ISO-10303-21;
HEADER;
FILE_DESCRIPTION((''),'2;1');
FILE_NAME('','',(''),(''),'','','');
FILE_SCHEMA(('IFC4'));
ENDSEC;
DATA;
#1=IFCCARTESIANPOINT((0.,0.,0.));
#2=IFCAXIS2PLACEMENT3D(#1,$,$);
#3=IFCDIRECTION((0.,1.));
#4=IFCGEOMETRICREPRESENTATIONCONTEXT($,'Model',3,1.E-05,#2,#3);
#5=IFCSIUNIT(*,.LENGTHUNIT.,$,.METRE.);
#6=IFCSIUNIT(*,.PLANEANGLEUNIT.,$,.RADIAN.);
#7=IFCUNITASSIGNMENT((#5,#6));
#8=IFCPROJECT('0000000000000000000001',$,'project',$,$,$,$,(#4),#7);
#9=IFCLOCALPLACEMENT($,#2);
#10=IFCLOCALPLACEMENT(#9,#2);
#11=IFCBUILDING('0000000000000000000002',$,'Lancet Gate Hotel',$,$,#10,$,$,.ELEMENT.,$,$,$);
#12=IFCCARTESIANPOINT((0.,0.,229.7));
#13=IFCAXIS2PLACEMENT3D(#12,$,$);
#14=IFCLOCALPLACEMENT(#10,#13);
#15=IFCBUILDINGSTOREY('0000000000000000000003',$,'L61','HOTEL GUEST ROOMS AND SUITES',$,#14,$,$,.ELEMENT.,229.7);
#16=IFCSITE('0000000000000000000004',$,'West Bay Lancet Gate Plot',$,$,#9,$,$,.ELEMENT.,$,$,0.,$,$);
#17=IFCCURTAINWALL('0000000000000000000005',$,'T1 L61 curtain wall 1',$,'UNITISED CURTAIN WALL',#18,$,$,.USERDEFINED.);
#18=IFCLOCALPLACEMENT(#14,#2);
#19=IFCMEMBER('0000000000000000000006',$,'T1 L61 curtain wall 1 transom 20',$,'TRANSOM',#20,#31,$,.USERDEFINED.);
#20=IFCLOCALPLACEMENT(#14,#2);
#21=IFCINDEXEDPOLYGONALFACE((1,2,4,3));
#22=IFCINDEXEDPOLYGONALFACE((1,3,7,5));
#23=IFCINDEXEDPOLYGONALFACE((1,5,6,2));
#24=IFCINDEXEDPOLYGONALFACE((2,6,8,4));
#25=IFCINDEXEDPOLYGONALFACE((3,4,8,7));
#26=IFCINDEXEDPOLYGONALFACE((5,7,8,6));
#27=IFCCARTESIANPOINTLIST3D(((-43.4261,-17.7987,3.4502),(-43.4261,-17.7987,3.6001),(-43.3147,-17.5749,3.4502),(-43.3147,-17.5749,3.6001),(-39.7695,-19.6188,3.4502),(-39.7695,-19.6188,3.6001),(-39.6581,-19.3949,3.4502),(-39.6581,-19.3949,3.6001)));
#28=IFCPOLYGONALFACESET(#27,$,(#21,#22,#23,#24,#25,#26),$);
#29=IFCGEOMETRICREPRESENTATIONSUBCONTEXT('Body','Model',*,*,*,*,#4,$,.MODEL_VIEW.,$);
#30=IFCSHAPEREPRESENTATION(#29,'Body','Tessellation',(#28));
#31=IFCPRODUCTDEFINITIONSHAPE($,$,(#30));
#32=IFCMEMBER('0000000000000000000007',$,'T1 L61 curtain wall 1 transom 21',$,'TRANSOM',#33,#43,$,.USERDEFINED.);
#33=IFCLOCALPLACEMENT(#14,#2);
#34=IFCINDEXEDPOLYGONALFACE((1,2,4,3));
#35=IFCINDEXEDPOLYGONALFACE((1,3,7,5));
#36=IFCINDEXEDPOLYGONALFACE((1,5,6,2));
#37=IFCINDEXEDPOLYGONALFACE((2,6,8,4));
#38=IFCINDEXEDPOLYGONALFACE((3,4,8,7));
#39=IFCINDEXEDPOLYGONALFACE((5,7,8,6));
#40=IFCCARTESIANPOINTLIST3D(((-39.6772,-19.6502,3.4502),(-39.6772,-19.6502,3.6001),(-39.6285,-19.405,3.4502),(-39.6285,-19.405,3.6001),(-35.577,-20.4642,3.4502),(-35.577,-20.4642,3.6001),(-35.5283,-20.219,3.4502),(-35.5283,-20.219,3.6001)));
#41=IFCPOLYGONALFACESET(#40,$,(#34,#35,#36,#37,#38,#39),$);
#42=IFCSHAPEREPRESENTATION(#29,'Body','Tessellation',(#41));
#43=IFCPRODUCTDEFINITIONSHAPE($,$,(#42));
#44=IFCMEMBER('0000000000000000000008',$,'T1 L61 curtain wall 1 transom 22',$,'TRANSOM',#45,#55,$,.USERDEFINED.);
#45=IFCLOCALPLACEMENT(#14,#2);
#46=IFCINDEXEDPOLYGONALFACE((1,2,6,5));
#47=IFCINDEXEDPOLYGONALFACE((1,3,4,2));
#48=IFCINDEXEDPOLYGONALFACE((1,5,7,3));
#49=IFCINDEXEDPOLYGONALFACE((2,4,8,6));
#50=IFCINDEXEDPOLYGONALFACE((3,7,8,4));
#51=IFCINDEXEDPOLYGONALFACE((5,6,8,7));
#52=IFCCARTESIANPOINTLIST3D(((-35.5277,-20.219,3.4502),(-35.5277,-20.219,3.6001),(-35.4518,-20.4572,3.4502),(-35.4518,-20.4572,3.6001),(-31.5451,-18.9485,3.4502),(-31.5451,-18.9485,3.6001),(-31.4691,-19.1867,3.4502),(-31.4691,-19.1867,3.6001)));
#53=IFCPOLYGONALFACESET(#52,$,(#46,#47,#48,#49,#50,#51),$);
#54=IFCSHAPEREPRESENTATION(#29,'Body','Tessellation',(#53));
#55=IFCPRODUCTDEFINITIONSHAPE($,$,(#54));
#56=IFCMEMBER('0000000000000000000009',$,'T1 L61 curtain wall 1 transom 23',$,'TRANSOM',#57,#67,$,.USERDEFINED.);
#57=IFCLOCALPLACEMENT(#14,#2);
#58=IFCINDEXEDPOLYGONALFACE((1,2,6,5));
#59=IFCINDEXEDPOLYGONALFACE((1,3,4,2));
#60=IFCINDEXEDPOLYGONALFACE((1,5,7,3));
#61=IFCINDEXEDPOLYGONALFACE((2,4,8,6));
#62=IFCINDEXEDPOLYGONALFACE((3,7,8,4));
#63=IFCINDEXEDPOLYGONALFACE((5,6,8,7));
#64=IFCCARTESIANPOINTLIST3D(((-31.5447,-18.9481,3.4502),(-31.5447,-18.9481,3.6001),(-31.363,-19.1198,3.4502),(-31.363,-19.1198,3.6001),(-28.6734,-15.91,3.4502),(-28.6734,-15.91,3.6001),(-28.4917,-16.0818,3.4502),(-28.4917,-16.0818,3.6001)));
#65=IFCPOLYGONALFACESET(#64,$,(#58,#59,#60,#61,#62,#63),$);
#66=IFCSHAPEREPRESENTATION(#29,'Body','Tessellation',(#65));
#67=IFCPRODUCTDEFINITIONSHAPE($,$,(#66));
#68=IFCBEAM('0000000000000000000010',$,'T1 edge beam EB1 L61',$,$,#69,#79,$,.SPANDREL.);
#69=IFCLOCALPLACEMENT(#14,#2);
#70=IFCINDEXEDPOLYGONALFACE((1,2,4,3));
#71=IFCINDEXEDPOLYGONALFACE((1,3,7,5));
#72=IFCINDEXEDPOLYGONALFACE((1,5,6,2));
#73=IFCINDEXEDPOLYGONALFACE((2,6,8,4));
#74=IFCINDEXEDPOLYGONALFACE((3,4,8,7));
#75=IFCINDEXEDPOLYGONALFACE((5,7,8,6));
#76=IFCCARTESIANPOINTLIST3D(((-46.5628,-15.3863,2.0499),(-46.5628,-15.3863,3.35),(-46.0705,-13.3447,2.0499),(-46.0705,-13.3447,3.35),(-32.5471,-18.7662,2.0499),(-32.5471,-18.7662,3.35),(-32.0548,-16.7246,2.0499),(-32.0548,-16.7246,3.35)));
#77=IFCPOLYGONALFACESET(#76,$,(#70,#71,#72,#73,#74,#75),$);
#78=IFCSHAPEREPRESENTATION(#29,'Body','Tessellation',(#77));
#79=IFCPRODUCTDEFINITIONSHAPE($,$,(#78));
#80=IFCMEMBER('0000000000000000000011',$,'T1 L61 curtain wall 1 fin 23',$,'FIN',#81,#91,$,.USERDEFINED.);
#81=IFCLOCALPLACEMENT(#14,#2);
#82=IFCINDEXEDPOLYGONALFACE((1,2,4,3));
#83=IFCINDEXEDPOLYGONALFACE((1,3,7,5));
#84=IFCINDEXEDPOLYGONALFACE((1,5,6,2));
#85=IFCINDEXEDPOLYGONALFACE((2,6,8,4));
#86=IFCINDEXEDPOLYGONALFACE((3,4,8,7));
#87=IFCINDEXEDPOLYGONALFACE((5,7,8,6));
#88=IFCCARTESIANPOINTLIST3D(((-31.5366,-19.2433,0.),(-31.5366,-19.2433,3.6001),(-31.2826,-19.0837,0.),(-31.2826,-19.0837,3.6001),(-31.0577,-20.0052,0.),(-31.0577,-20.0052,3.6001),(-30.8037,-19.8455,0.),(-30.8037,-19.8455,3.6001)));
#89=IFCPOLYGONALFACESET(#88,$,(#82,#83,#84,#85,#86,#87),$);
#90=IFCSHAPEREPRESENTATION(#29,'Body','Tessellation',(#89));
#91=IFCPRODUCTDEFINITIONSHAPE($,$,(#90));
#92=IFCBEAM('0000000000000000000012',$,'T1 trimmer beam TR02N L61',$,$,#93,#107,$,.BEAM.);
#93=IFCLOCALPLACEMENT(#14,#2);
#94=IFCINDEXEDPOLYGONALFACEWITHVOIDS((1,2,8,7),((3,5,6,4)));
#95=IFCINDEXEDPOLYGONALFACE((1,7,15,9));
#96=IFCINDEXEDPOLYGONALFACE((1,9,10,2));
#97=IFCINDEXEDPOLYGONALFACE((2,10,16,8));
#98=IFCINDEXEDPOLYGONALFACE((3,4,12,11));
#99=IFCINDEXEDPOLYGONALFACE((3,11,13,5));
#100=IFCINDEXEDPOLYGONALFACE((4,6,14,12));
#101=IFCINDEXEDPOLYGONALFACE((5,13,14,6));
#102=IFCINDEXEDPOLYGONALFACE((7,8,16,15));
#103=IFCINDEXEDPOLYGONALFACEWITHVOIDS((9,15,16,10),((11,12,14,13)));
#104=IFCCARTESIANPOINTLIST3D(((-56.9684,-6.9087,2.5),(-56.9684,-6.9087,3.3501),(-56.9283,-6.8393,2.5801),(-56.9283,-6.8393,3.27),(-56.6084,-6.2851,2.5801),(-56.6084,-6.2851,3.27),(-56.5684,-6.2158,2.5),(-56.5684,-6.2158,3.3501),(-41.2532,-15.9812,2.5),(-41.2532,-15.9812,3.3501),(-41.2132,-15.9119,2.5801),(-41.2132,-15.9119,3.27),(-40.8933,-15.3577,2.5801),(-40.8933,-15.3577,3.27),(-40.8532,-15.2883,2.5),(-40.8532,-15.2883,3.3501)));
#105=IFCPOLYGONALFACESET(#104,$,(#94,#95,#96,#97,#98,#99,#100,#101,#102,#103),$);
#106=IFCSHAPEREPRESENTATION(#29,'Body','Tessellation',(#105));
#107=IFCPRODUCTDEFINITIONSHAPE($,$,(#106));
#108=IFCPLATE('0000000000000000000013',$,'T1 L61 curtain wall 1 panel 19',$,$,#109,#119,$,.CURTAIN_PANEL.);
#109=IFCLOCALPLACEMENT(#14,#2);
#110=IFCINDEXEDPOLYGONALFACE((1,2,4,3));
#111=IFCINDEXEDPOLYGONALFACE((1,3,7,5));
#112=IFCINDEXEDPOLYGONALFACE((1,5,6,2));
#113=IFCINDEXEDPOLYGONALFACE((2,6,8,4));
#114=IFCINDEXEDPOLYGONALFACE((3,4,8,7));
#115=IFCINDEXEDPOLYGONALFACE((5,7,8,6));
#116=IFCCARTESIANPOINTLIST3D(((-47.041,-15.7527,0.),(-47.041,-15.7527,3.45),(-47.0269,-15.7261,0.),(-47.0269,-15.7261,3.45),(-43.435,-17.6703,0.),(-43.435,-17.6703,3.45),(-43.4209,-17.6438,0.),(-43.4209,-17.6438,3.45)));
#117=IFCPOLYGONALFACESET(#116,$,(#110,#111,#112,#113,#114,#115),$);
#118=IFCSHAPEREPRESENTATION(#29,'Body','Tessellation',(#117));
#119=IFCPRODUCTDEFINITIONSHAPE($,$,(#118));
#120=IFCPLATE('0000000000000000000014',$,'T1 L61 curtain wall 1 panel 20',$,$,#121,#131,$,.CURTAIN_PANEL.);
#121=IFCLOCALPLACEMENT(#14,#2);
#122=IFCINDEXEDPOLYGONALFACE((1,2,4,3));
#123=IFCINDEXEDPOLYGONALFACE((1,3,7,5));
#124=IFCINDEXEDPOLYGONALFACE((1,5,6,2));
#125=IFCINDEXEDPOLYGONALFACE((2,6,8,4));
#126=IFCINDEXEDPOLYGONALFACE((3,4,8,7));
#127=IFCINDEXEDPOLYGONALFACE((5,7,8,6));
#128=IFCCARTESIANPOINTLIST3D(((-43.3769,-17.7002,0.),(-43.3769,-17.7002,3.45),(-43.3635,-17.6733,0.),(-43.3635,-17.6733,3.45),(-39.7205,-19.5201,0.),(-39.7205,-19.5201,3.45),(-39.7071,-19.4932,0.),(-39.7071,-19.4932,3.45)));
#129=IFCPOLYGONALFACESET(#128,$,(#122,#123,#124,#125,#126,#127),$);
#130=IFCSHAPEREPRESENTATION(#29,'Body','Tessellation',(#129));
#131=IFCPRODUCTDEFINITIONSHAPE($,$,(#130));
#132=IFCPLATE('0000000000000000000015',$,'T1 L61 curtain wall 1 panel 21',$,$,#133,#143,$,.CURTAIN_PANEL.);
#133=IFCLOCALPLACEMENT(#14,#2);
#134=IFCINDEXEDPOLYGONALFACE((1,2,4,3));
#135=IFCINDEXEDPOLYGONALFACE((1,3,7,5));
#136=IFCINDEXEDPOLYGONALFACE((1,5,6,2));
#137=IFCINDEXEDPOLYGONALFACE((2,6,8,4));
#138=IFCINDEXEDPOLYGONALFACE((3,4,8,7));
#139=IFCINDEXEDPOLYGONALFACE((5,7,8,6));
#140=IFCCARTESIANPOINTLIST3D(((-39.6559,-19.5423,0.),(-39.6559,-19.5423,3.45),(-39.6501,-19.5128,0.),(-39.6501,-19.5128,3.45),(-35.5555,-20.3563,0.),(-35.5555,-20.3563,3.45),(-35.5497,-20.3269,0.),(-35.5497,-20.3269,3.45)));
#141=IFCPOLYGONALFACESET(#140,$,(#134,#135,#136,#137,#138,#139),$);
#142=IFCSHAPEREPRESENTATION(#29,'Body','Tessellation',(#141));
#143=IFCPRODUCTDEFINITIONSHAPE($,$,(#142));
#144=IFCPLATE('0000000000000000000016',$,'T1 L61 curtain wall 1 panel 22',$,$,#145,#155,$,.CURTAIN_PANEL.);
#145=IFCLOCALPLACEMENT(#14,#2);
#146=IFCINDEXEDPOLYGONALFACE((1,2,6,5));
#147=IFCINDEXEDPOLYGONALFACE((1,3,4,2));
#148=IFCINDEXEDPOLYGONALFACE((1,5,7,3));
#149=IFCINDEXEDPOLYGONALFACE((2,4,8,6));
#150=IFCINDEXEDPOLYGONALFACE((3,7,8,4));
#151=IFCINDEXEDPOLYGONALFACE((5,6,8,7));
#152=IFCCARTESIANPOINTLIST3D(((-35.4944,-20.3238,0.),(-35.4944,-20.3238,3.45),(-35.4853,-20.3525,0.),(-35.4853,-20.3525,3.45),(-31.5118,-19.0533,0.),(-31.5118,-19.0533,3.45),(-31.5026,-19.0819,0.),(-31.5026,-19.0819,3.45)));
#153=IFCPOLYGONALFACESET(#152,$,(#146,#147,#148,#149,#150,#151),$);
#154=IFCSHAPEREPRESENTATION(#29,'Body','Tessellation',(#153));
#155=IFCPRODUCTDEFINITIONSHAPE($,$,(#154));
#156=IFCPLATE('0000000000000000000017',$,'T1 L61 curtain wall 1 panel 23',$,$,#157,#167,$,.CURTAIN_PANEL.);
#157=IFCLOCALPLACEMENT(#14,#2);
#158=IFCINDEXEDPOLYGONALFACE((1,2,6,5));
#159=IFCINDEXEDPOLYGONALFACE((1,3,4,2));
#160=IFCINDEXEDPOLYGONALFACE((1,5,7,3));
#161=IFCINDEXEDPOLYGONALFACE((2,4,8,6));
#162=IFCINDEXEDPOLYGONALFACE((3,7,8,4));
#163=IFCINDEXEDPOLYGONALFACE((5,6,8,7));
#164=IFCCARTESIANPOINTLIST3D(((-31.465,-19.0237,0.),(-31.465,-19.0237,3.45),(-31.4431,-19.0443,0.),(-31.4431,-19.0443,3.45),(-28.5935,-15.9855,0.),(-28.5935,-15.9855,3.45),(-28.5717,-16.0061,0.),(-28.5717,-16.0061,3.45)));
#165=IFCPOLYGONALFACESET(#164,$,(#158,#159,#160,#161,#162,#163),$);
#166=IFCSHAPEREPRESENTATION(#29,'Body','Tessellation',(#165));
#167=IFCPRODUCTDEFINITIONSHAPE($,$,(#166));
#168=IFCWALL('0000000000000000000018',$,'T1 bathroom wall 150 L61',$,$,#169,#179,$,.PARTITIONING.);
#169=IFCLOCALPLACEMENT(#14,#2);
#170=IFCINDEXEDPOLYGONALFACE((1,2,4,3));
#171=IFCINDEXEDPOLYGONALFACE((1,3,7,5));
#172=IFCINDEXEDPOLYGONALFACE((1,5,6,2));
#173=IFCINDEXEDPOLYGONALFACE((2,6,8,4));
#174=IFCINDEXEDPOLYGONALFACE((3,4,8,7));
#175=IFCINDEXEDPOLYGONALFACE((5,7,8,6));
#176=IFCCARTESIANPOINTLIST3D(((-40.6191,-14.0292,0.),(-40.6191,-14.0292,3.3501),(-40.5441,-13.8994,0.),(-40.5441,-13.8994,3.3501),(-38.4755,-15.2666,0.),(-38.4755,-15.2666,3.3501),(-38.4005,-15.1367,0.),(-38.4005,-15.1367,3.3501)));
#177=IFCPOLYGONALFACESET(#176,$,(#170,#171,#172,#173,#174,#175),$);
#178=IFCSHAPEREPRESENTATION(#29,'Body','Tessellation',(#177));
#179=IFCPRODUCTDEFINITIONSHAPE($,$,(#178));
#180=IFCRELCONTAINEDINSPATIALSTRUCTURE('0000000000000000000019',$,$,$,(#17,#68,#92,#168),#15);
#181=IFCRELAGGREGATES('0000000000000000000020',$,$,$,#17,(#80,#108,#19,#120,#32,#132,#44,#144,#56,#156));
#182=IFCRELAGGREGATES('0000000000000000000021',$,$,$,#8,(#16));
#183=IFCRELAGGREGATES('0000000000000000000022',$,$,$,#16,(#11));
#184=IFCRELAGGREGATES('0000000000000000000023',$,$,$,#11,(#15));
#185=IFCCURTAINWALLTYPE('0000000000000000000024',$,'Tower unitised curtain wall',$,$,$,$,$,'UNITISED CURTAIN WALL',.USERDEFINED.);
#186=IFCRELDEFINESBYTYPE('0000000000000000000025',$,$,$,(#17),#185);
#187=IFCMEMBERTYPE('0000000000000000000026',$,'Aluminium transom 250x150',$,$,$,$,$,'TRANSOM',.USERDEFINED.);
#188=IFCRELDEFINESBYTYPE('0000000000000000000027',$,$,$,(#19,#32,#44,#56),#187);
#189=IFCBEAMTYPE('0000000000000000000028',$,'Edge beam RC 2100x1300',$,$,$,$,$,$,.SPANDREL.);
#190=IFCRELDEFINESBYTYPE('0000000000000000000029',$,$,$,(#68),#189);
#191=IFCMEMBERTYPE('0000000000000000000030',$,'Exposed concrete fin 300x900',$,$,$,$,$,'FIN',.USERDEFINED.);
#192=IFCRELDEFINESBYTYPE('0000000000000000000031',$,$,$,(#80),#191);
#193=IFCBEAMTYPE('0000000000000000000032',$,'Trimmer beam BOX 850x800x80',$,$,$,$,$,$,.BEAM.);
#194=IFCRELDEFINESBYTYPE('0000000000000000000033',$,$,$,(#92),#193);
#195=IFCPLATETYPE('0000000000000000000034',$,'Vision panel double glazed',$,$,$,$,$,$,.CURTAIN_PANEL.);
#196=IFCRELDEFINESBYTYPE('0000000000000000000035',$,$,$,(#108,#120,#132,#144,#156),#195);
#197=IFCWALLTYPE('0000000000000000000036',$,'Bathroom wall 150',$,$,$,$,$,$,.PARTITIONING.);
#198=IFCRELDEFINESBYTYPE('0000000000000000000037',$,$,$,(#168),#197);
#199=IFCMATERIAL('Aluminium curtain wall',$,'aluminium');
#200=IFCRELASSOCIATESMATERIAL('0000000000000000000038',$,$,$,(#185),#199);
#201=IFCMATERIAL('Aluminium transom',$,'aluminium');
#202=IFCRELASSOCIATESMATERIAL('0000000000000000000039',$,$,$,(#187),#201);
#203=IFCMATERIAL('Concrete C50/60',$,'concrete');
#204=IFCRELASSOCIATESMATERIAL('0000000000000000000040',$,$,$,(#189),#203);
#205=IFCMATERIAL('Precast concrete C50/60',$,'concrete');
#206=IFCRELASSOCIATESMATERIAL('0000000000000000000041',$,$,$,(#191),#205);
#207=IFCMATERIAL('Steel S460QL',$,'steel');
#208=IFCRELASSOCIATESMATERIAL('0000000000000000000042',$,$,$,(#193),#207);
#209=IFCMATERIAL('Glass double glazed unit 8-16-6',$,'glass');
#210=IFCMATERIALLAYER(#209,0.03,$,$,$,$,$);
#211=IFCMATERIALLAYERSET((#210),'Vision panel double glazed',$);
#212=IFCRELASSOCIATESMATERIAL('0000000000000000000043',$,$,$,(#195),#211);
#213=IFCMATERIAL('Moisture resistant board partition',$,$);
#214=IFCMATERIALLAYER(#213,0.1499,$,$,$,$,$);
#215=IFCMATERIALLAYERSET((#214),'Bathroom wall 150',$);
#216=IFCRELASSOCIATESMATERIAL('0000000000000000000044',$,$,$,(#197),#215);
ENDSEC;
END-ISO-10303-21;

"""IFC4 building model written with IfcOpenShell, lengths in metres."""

from ifc_helpers import new_model, si_unit, direction, frame, frame_2d, origin, origin_2d, place, context, subcontext, project, spatial, rectangle, hollow_rectangle, extrude, material, layer, layer_set, material_profile, profile_set, type_object, element, aggregate, save


model = new_model("IFC4")

# Units and contexts
model_context = context("Model", 3, precision=1e-05, world=origin(), true_north=direction((0.0, 1.0)))
body_context = subcontext(model_context, "Body", "Model", "MODEL_VIEW")
ifc_project = project(units=[si_unit("LENGTHUNIT", "METRE"), si_unit("PLANEANGLEUNIT", "RADIAN")], contexts=[model_context])

# Site, building, storey
site_placement = place(None, origin())
site = spatial("IfcSite", under=ifc_project, at=site_placement, Name="West Bay Lancet Gate Plot", CompositionType="ELEMENT", RefElevation=0.0)
building_placement = place(site_placement, origin())
building = spatial("IfcBuilding", under=site, at=building_placement, Name="Lancet Gate Hotel", CompositionType="ELEMENT")
storey_placement = place(building_placement, frame((0.0, 0.0, 229.7)))
storey = spatial("IfcBuildingStorey", under=building, at=storey_placement, Name="L61", Description="HOTEL GUEST ROOMS AND SUITES", CompositionType="ELEMENT", Elevation=229.7)

# Curtain wall, members
ifc_material_1 = material(Name="Aluminium curtain wall", Category="aluminium")
curtain_wall_type = type_object("IfcCurtainWallType", Name="Tower unitised curtain wall", ElementType="UNITISED CURTAIN WALL", PredefinedType="USERDEFINED", material=ifc_material_1)
curtain_wall_placement = place(storey_placement, origin())
curtain_wall = element("IfcCurtainWall", 1, at=curtain_wall_placement, inside=storey, type_object=curtain_wall_type, Name="T1 L61 curtain wall 1", ObjectType="UNITISED CURTAIN WALL", PredefinedType="USERDEFINED")
ifc_material_2 = material(Name="Aluminium transom", Category="aluminium")
ifc_material_profile_1 = material_profile(ifc_material_2, rectangle(XDim=0.25, YDim=0.1499, at=origin_2d()), Name="TRANSOM 250x150")
ifc_profile_set_1 = profile_set([ifc_material_profile_1], Name="Aluminium transom")
member_type_1 = type_object("IfcMemberType", Name="Aluminium transom 250x150", ElementType="TRANSOM", PredefinedType="USERDEFINED", material=ifc_profile_set_1)
member_1_placement = place(storey_placement, frame((-43.3704, -17.6868, 3.5251), z_axis=(0.895227, -0.445611, 0.0), x_axis=(0.445611, 0.895227, 0.0)))
member_1 = element("IfcMember", 2, at=member_1_placement, type_object=member_type_1, Name="T1 L61 curtain wall 1 transom 20", ObjectType="TRANSOM", PredefinedType="USERDEFINED", context=body_context, shape_type="SweptSolid", body=[
    extrude(rectangle(XDim=0.25, YDim=0.1499, at=origin_2d()), origin(), (0.0, 0.0, 1.0), 4.0845),
])
member_2_placement = place(storey_placement, frame((-39.6528, -19.5276, 3.5251), z_axis=(0.980858, -0.194723, 0.0), x_axis=(0.194723, 0.980858, 0.0)))
member_2 = element("IfcMember", 3, at=member_2_placement, type_object=member_type_1, Name="T1 L61 curtain wall 1 transom 21", ObjectType="TRANSOM", PredefinedType="USERDEFINED", context=body_context, shape_type="SweptSolid", body=[
    extrude(rectangle(XDim=0.25, YDim=0.1499, at=origin_2d()), origin(), (0.0, 0.0, 1.0), 4.1802),
])
member_3_placement = place(storey_placement, frame((-35.4897, -20.3381, 3.5251), z_axis=(0.952698, 0.30392, 0.0), x_axis=(-0.30392, 0.952698, 0.0)))
member_3 = element("IfcMember", 4, at=member_3_placement, type_object=member_type_1, Name="T1 L61 curtain wall 1 transom 22", ObjectType="TRANSOM", PredefinedType="USERDEFINED", context=body_context, shape_type="SweptSolid", body=[
    extrude(rectangle(XDim=0.25, YDim=0.1499, at=origin_2d()), origin(), (0.0, 0.0, 1.0), 4.1804),
])
member_4_placement = place(storey_placement, frame((-31.4539, -19.0339, 3.5251), z_axis=(0.686881, 0.72677, 0.0), x_axis=(-0.72677, 0.686881, 0.0)))
member_4 = element("IfcMember", 5, at=member_4_placement, type_object=member_type_1, Name="T1 L61 curtain wall 1 transom 23", ObjectType="TRANSOM", PredefinedType="USERDEFINED", context=body_context, shape_type="SweptSolid", body=[
    extrude(rectangle(XDim=0.25, YDim=0.1499, at=origin_2d()), origin(), (0.0, 0.0, 1.0), 4.1802),
])

# Beam
ifc_material_3 = material(Name="Concrete C50/60", Category="concrete")
ifc_material_profile_2 = material_profile(ifc_material_3, rectangle(XDim=2.1001, YDim=1.3, at=origin_2d()), Name="RC 2100x1300")
ifc_profile_set_2 = profile_set([ifc_material_profile_2], Name="Concrete C50/60")
beam_type_1 = type_object("IfcBeamType", Name="Edge beam RC 2100x1300", PredefinedType="SPANDREL", material=ifc_profile_set_2)
beam_1_placement = place(storey_placement, frame((-46.3167, -14.3655, 2.7), z_axis=(0.972133, -0.234431, 0.0), x_axis=(0.234431, 0.972133, 0.0)))
element("IfcBeam", 6, at=beam_1_placement, inside=storey, type_object=beam_type_1, Name="T1 edge beam EB1 L61", PredefinedType="SPANDREL", context=body_context, shape_type="SweptSolid", body=[
    extrude(rectangle(XDim=2.1001, YDim=1.3, at=origin_2d()), origin(), (0.0, 0.0, 1.0), 14.4175),
])

# Member
ifc_material_4 = material(Name="Precast concrete C50/60", Category="concrete")
ifc_material_profile_3 = material_profile(ifc_material_4, rectangle(XDim=0.3, YDim=0.8999, at=origin_2d()), Name="FIN 300x900")
ifc_profile_set_3 = profile_set([ifc_material_profile_3], Name="Precast concrete C50/60")
member_type_2 = type_object("IfcMemberType", Name="Exposed concrete fin 300x900", ElementType="FIN", PredefinedType="USERDEFINED", material=ifc_profile_set_3)
member_5_placement = place(storey_placement, frame((-31.1702, -19.5444, 0.0), z_axis=(0.0, 0.0, 1.0), x_axis=(0.846613, 0.532209, 0.0)))
member_5 = element("IfcMember", 7, at=member_5_placement, type_object=member_type_2, Name="T1 L61 curtain wall 1 fin 23", ObjectType="FIN", PredefinedType="USERDEFINED", context=body_context, shape_type="SweptSolid", body=[
    extrude(rectangle(XDim=0.3, YDim=0.8999, at=origin_2d()), origin(), (0.0, 0.0, 1.0), 3.6001),
])

# Beam
ifc_material_5 = material(Name="Steel S460QL", Category="steel")
ifc_material_profile_4 = material_profile(ifc_material_5, hollow_rectangle(XDim=0.8, YDim=0.8501, WallThickness=0.0801, at=origin_2d()), Name="BOX 850x800x80")
ifc_profile_set_4 = profile_set([ifc_material_profile_4], Name="Steel S460QL")
beam_type_2 = type_object("IfcBeamType", Name="Trimmer beam BOX 850x800x80", PredefinedType="BEAM", material=ifc_profile_set_4)
beam_2_placement = place(storey_placement, frame((-41.0532, -15.6348, 2.925), z_axis=(-0.86604, 0.499975, 0.0), x_axis=(-0.499975, -0.86604, 0.0)))
element("IfcBeam", 8, at=beam_2_placement, inside=storey, type_object=beam_type_2, Name="T1 trimmer beam TR02N L61", PredefinedType="BEAM", context=body_context, shape_type="SweptSolid", body=[
    extrude(hollow_rectangle(XDim=0.8, YDim=0.8501, WallThickness=0.0801, at=origin_2d()), origin(), (0.0, 0.0, 1.0), 18.146),
])

# Plates
ifc_material_6 = material(Name="Glass double glazed unit 8-16-6", Category="glass")
ifc_layer_1 = layer(ifc_material_6, 0.03)
ifc_layer_set_1 = layer_set([ifc_layer_1], Name="Vision panel double glazed")
plate_type = type_object("IfcPlateType", Name="Vision panel double glazed", PredefinedType="CURTAIN_PANEL", material=ifc_layer_set_1)
plate_1_placement = place(storey_placement, frame((-45.231, -16.6982, 0.0), z_axis=(0.0, 0.0, 1.0), x_axis=(0.882916, -0.469531, 0.0)))
plate_1 = element("IfcPlate", 9, at=plate_1_placement, type_object=plate_type, Name="T1 L61 curtain wall 1 panel 19", PredefinedType="CURTAIN_PANEL", context=body_context, shape_type="SweptSolid", body=[
    extrude(rectangle(XDim=4.0842, YDim=0.03, at=origin_2d()), origin(), (0.0, 0.0, 1.0), 3.45),
])
plate_2_placement = place(storey_placement, frame((-41.542, -18.5967, 0.0), z_axis=(0.0, 0.0, 1.0), x_axis=(0.895234, -0.445596, 0.0)))
plate_2 = element("IfcPlate", 10, at=plate_2_placement, type_object=plate_type, Name="T1 L61 curtain wall 1 panel 20", PredefinedType="CURTAIN_PANEL", context=body_context, shape_type="SweptSolid", body=[
    extrude(rectangle(XDim=4.0842, YDim=0.03, at=origin_2d()), origin(), (0.0, 0.0, 1.0), 3.45),
])
plate_3_placement = place(storey_placement, frame((-37.6028, -19.9346, 0.0), z_axis=(0.0, 0.0, 1.0), x_axis=(0.980857, -0.194731, 0.0)))
plate_3 = element("IfcPlate", 11, at=plate_3_placement, type_object=plate_type, Name="T1 L61 curtain wall 1 panel 21", PredefinedType="CURTAIN_PANEL", context=body_context, shape_type="SweptSolid", body=[
    extrude(rectangle(XDim=4.1804, YDim=0.03, at=origin_2d()), origin(), (0.0, 0.0, 1.0), 3.45),
])
plate_4_placement = place(storey_placement, frame((-33.4985, -19.7029, 0.0), z_axis=(0.0, 0.0, 1.0), x_axis=(0.952696, 0.303926, 0.0)))
plate_4 = element("IfcPlate", 12, at=plate_4_placement, type_object=plate_type, Name="T1 L61 curtain wall 1 panel 22", PredefinedType="CURTAIN_PANEL", context=body_context, shape_type="SweptSolid", body=[
    extrude(rectangle(XDim=4.1804, YDim=0.03, at=origin_2d()), origin(), (0.0, 0.0, 1.0), 3.45),
])
plate_5_placement = place(storey_placement, frame((-30.0183, -17.5149, 0.0), z_axis=(0.0, 0.0, 1.0), x_axis=(0.686883, 0.726768, 0.0)))
plate_5 = element("IfcPlate", 13, at=plate_5_placement, type_object=plate_type, Name="T1 L61 curtain wall 1 panel 23", PredefinedType="CURTAIN_PANEL", context=body_context, shape_type="SweptSolid", body=[
    extrude(rectangle(XDim=4.1804, YDim=0.03, at=origin_2d()), origin(), (0.0, 0.0, 1.0), 3.45),
])
aggregate(curtain_wall, [member_5, plate_1, member_1, plate_2, member_2, plate_3, member_3, plate_4, member_4, plate_5])

# Wall
ifc_material_7 = material(Name="Moisture resistant board partition")
ifc_layer_2 = layer(ifc_material_7, 0.1499)
ifc_layer_set_2 = layer_set([ifc_layer_2], Name="Bathroom wall 150")
wall_type_1 = type_object("IfcWallType", Name="Bathroom wall 150", PredefinedType="PARTITIONING", material=ifc_layer_set_2)
wall_1_placement = place(storey_placement, frame((-38.438, -15.2017, 0.0), z_axis=(0.0, 0.0, 1.0), x_axis=(-0.866074, 0.499916, 0.0)))
element("IfcWall", 14, at=wall_1_placement, inside=storey, type_object=wall_type_1, Name="T1 bathroom wall 150 L61", PredefinedType="PARTITIONING", context=body_context, shape_type="SweptSolid", body=[
    extrude(rectangle(XDim=2.4751, YDim=0.1499, at=frame_2d((1.2375, 0.0))), origin(), (0.0, 0.0, 1.0), 3.3501),
])

save(model, "model.ifc")
